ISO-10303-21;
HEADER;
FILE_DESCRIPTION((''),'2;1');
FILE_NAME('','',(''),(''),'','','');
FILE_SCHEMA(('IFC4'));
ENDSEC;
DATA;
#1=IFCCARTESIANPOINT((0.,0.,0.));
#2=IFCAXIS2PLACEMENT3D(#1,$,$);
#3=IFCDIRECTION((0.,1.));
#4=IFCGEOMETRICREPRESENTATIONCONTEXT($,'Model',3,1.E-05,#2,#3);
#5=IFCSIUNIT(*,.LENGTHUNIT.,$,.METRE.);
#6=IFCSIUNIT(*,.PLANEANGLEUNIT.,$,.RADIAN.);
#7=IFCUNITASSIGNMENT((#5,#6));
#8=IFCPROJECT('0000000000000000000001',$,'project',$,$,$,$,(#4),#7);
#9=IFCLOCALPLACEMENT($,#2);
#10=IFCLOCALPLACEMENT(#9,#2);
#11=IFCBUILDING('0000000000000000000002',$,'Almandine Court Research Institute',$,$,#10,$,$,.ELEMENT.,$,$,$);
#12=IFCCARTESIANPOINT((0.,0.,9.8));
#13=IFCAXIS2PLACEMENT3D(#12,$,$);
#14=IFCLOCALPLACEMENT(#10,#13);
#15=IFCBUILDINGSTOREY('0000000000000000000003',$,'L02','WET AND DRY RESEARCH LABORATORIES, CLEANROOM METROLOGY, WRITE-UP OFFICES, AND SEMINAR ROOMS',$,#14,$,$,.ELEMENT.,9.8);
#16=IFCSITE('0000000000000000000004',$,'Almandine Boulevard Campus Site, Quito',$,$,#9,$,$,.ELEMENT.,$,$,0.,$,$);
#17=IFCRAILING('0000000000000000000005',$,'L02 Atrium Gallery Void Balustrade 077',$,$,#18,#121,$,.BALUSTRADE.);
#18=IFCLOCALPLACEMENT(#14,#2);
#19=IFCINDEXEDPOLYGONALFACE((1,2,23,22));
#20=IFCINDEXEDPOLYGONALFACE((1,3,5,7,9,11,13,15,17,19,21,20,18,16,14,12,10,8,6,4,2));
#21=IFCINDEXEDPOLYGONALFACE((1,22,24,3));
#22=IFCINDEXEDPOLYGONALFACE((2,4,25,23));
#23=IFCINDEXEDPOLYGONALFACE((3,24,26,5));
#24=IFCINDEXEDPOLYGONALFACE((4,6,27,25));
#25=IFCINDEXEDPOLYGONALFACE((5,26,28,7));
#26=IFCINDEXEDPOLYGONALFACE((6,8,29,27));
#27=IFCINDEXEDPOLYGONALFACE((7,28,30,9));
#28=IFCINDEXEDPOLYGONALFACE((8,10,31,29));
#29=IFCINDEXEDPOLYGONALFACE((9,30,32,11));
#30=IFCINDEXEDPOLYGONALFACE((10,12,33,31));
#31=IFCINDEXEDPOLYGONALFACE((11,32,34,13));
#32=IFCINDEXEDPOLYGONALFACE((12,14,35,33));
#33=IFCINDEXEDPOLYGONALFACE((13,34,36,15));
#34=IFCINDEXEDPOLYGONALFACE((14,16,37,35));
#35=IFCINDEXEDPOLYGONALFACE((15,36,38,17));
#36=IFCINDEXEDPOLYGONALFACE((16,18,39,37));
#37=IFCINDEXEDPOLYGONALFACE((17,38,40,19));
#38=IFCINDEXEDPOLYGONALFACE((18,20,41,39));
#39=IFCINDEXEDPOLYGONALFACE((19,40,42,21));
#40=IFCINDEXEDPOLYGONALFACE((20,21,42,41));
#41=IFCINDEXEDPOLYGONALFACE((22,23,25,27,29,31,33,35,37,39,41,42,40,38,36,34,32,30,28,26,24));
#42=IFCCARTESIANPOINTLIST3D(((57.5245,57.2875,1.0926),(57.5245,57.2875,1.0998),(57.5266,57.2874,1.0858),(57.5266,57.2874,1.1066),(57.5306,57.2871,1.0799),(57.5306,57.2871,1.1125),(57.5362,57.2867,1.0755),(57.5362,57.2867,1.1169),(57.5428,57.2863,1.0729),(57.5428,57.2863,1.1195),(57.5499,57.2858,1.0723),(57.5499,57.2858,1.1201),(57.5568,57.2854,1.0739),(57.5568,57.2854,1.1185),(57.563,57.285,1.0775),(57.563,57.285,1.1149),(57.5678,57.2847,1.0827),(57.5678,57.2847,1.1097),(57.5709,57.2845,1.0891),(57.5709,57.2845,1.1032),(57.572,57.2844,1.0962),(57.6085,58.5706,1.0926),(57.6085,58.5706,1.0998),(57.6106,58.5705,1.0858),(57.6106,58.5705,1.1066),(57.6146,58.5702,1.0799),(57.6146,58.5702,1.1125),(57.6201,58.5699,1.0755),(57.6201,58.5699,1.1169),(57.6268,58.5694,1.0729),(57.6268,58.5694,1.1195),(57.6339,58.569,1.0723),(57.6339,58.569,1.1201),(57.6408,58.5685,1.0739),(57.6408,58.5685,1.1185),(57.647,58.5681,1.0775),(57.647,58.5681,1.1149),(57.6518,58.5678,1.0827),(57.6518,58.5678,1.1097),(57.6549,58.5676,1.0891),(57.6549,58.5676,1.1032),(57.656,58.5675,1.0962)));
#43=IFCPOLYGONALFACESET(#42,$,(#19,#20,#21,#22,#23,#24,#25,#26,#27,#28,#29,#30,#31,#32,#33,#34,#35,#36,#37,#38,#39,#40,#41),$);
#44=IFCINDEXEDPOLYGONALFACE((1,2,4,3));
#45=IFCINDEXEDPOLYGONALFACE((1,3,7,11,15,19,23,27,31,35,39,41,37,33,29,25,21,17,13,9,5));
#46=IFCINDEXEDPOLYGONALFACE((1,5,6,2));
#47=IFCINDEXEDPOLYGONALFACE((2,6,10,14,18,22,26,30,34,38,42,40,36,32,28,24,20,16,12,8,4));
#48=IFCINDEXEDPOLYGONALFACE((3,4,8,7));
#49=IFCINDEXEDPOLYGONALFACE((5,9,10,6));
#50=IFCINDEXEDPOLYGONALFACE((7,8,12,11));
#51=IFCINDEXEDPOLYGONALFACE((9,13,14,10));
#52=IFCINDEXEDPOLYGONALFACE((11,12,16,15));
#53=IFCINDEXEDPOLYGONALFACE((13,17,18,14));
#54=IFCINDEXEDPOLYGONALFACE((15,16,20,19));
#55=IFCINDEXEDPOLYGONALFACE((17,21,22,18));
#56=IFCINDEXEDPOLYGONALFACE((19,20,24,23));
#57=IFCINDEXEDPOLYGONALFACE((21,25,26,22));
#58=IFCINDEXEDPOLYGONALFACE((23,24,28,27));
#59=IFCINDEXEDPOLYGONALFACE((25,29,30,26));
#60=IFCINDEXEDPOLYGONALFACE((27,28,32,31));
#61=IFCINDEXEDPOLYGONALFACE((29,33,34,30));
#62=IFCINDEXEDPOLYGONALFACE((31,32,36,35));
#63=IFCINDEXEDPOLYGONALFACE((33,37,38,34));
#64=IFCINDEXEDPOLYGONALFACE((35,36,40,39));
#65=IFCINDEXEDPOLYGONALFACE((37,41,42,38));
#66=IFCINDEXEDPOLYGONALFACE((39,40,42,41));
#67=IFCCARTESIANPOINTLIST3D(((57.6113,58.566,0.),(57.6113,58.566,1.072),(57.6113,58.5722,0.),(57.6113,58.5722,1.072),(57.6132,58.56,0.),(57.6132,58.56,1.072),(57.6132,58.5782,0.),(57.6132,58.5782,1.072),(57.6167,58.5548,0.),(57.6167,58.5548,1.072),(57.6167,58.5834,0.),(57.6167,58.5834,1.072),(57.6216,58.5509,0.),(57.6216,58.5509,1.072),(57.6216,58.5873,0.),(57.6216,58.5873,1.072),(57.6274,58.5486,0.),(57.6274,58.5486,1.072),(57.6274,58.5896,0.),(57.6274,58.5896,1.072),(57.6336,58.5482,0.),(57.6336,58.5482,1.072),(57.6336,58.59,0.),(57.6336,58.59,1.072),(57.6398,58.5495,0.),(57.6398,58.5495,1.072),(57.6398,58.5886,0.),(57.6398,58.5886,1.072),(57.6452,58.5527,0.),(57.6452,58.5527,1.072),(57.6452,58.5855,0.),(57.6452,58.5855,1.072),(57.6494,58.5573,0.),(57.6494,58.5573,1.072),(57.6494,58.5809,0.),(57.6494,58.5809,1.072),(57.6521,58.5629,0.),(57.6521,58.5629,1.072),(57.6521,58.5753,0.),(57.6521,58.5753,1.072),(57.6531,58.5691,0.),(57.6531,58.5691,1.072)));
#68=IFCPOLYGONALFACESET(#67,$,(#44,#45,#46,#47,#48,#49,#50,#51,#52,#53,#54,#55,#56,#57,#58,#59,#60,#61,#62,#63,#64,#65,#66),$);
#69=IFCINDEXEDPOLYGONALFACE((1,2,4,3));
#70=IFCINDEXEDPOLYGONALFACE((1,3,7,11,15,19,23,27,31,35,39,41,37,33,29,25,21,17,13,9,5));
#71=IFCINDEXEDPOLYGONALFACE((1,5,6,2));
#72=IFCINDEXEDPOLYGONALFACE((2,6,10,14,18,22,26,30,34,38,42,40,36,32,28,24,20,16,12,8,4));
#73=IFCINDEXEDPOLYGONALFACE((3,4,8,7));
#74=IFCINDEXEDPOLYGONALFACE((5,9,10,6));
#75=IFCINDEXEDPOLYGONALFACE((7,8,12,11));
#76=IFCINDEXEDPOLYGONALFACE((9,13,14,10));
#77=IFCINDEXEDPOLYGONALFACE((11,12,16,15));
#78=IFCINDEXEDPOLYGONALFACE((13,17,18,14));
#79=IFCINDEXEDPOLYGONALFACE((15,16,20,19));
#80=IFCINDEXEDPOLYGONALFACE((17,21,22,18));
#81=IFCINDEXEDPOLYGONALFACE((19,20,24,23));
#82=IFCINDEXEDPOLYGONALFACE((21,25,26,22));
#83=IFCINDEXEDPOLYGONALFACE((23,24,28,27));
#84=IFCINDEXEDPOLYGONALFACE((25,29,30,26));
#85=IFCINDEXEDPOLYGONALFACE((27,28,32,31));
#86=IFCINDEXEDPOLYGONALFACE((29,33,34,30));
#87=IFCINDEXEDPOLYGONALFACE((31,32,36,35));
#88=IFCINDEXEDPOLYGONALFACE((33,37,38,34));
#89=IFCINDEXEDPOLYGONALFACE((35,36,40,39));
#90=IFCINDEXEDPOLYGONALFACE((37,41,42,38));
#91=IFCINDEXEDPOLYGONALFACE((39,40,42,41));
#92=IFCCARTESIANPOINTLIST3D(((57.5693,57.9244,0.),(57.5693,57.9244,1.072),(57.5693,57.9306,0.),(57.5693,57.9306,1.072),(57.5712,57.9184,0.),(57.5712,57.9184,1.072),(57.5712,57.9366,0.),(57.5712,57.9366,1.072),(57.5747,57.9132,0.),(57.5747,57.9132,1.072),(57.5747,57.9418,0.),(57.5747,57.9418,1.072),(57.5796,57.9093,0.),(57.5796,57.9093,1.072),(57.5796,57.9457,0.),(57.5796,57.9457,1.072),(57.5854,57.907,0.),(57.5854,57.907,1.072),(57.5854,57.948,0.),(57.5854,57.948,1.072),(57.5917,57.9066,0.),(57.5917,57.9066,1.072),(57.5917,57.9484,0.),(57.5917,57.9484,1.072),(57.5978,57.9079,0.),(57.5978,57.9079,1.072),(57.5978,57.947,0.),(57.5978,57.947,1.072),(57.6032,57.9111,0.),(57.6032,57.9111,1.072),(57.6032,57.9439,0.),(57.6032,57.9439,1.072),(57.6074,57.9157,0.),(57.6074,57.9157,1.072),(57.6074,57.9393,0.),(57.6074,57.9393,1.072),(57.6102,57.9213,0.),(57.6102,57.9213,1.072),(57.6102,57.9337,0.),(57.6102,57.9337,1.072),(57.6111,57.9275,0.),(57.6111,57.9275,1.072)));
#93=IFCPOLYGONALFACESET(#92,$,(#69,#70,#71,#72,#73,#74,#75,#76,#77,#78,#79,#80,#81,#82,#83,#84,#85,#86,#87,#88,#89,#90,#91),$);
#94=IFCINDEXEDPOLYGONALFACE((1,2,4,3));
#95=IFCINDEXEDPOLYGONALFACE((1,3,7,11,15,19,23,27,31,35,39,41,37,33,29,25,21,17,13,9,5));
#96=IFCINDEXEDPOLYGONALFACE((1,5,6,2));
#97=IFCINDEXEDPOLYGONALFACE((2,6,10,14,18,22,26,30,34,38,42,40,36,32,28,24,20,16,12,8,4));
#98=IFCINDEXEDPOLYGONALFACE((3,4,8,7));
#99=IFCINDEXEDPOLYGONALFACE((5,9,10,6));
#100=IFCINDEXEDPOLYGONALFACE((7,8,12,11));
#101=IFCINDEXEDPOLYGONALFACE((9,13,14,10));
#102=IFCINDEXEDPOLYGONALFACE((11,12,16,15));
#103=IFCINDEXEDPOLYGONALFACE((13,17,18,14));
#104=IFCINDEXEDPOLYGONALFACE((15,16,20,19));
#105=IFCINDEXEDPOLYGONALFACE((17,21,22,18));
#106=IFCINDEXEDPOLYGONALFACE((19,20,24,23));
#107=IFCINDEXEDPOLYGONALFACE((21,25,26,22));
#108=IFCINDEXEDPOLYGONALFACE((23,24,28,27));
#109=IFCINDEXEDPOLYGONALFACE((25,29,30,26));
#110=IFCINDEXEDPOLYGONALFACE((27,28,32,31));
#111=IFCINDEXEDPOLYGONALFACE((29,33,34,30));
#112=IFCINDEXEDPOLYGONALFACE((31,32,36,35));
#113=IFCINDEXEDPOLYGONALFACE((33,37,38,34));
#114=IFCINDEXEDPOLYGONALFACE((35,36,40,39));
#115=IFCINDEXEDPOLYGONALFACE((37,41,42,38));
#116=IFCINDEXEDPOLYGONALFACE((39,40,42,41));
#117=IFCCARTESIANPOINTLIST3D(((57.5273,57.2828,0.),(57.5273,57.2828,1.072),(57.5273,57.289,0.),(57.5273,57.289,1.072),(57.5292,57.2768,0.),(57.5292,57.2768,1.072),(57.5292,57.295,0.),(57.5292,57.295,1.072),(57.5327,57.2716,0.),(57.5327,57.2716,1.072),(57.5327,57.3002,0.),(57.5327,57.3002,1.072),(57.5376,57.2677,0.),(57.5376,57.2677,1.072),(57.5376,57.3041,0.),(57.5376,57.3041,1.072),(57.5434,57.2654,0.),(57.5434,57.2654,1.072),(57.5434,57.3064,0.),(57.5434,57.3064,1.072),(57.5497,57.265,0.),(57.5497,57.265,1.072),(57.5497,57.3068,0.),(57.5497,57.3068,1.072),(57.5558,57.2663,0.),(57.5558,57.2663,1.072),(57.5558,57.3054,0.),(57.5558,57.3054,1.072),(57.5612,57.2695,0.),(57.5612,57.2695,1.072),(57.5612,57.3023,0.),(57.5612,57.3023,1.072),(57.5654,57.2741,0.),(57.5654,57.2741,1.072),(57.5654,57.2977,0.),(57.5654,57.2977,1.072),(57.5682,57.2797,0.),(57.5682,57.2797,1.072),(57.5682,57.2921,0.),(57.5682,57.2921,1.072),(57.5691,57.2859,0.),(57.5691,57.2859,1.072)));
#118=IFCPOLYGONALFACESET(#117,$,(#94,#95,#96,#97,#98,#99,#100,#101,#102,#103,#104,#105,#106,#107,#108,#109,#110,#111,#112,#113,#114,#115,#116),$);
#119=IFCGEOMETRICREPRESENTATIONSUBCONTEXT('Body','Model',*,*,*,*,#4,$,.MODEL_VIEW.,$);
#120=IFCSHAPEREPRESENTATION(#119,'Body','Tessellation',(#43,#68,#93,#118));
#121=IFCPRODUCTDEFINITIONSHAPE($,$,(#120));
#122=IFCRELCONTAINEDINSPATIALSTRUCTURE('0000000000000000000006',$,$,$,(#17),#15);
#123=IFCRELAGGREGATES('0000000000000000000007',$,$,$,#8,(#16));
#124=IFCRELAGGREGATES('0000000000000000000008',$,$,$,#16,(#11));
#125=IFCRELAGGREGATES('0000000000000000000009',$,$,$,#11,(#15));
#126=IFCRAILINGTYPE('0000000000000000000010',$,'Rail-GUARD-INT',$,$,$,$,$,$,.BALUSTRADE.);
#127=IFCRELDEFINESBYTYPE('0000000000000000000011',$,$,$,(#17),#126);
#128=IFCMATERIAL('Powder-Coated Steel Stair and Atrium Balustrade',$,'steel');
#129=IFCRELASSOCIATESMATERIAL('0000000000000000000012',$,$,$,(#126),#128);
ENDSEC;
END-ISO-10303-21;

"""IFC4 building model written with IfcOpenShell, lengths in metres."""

from ifc_helpers import new_model, si_unit, direction, frame, origin, origin_2d, place, context, subcontext, project, spatial, circle, extrude, material, type_object, element, save


model = new_model("IFC4")

# Units and contexts
model_context = context("Model", 3, precision=1e-05, world=origin(), true_north=direction((0.0, 1.0)))
body_context = subcontext(model_context, "Body", "Model", "MODEL_VIEW")
ifc_project = project(units=[si_unit("LENGTHUNIT", "METRE"), si_unit("PLANEANGLEUNIT", "RADIAN")], contexts=[model_context])

# Site, building, storey
site_placement = place(None, origin())
site = spatial("IfcSite", under=ifc_project, at=site_placement, Name="Almandine Boulevard Campus Site, Quito", CompositionType="ELEMENT", RefElevation=0.0)
building_placement = place(site_placement, origin())
building = spatial("IfcBuilding", under=site, at=building_placement, Name="Almandine Court Research Institute", CompositionType="ELEMENT")
storey_placement = place(building_placement, frame((0.0, 0.0, 9.8)))
storey = spatial("IfcBuildingStorey", under=building, at=storey_placement, Name="L02", Description="WET AND DRY RESEARCH LABORATORIES, CLEANROOM METROLOGY, WRITE-UP OFFICES, AND SEMINAR ROOMS", CompositionType="ELEMENT", Elevation=9.8)

# Railing
ifc_material_1 = material(Name="Powder-Coated Steel Stair and Atrium Balustrade", Category="steel")
railing_type = type_object("IfcRailingType", Name="Rail-GUARD-INT", PredefinedType="BALUSTRADE", material=ifc_material_1)
railing_1_placement = place(storey_placement, frame((57.6321, 58.5691, 0.0)))
element("IfcRailing", 1, at=railing_1_placement, inside=storey, type_object=railing_type, Name="L02 Atrium Gallery Void Balustrade 077", PredefinedType="BALUSTRADE", context=body_context, shape_type="SweptSolid", body=[
    extrude(circle(Radius=0.0239, at=origin_2d()), frame((0.0, 0.0, 1.0962), z_axis=(-0.065309, -0.997865, 0.0), x_axis=(0.997865, -0.065309, 0.0)), (0.0, 0.0, 1.0), 1.2859),
    extrude(circle(Radius=0.021, at=origin_2d()), origin(), (0.0, 0.0, 1.0), 1.072),
    extrude(circle(Radius=0.021, at=origin_2d()), frame((-0.042, -0.6416, 0.0)), (0.0, 0.0, 1.0), 1.072),
    extrude(circle(Radius=0.021, at=origin_2d()), frame((-0.084, -1.2832, 0.0)), (0.0, 0.0, 1.0), 1.072),
])

save(model, "model.ifc")
